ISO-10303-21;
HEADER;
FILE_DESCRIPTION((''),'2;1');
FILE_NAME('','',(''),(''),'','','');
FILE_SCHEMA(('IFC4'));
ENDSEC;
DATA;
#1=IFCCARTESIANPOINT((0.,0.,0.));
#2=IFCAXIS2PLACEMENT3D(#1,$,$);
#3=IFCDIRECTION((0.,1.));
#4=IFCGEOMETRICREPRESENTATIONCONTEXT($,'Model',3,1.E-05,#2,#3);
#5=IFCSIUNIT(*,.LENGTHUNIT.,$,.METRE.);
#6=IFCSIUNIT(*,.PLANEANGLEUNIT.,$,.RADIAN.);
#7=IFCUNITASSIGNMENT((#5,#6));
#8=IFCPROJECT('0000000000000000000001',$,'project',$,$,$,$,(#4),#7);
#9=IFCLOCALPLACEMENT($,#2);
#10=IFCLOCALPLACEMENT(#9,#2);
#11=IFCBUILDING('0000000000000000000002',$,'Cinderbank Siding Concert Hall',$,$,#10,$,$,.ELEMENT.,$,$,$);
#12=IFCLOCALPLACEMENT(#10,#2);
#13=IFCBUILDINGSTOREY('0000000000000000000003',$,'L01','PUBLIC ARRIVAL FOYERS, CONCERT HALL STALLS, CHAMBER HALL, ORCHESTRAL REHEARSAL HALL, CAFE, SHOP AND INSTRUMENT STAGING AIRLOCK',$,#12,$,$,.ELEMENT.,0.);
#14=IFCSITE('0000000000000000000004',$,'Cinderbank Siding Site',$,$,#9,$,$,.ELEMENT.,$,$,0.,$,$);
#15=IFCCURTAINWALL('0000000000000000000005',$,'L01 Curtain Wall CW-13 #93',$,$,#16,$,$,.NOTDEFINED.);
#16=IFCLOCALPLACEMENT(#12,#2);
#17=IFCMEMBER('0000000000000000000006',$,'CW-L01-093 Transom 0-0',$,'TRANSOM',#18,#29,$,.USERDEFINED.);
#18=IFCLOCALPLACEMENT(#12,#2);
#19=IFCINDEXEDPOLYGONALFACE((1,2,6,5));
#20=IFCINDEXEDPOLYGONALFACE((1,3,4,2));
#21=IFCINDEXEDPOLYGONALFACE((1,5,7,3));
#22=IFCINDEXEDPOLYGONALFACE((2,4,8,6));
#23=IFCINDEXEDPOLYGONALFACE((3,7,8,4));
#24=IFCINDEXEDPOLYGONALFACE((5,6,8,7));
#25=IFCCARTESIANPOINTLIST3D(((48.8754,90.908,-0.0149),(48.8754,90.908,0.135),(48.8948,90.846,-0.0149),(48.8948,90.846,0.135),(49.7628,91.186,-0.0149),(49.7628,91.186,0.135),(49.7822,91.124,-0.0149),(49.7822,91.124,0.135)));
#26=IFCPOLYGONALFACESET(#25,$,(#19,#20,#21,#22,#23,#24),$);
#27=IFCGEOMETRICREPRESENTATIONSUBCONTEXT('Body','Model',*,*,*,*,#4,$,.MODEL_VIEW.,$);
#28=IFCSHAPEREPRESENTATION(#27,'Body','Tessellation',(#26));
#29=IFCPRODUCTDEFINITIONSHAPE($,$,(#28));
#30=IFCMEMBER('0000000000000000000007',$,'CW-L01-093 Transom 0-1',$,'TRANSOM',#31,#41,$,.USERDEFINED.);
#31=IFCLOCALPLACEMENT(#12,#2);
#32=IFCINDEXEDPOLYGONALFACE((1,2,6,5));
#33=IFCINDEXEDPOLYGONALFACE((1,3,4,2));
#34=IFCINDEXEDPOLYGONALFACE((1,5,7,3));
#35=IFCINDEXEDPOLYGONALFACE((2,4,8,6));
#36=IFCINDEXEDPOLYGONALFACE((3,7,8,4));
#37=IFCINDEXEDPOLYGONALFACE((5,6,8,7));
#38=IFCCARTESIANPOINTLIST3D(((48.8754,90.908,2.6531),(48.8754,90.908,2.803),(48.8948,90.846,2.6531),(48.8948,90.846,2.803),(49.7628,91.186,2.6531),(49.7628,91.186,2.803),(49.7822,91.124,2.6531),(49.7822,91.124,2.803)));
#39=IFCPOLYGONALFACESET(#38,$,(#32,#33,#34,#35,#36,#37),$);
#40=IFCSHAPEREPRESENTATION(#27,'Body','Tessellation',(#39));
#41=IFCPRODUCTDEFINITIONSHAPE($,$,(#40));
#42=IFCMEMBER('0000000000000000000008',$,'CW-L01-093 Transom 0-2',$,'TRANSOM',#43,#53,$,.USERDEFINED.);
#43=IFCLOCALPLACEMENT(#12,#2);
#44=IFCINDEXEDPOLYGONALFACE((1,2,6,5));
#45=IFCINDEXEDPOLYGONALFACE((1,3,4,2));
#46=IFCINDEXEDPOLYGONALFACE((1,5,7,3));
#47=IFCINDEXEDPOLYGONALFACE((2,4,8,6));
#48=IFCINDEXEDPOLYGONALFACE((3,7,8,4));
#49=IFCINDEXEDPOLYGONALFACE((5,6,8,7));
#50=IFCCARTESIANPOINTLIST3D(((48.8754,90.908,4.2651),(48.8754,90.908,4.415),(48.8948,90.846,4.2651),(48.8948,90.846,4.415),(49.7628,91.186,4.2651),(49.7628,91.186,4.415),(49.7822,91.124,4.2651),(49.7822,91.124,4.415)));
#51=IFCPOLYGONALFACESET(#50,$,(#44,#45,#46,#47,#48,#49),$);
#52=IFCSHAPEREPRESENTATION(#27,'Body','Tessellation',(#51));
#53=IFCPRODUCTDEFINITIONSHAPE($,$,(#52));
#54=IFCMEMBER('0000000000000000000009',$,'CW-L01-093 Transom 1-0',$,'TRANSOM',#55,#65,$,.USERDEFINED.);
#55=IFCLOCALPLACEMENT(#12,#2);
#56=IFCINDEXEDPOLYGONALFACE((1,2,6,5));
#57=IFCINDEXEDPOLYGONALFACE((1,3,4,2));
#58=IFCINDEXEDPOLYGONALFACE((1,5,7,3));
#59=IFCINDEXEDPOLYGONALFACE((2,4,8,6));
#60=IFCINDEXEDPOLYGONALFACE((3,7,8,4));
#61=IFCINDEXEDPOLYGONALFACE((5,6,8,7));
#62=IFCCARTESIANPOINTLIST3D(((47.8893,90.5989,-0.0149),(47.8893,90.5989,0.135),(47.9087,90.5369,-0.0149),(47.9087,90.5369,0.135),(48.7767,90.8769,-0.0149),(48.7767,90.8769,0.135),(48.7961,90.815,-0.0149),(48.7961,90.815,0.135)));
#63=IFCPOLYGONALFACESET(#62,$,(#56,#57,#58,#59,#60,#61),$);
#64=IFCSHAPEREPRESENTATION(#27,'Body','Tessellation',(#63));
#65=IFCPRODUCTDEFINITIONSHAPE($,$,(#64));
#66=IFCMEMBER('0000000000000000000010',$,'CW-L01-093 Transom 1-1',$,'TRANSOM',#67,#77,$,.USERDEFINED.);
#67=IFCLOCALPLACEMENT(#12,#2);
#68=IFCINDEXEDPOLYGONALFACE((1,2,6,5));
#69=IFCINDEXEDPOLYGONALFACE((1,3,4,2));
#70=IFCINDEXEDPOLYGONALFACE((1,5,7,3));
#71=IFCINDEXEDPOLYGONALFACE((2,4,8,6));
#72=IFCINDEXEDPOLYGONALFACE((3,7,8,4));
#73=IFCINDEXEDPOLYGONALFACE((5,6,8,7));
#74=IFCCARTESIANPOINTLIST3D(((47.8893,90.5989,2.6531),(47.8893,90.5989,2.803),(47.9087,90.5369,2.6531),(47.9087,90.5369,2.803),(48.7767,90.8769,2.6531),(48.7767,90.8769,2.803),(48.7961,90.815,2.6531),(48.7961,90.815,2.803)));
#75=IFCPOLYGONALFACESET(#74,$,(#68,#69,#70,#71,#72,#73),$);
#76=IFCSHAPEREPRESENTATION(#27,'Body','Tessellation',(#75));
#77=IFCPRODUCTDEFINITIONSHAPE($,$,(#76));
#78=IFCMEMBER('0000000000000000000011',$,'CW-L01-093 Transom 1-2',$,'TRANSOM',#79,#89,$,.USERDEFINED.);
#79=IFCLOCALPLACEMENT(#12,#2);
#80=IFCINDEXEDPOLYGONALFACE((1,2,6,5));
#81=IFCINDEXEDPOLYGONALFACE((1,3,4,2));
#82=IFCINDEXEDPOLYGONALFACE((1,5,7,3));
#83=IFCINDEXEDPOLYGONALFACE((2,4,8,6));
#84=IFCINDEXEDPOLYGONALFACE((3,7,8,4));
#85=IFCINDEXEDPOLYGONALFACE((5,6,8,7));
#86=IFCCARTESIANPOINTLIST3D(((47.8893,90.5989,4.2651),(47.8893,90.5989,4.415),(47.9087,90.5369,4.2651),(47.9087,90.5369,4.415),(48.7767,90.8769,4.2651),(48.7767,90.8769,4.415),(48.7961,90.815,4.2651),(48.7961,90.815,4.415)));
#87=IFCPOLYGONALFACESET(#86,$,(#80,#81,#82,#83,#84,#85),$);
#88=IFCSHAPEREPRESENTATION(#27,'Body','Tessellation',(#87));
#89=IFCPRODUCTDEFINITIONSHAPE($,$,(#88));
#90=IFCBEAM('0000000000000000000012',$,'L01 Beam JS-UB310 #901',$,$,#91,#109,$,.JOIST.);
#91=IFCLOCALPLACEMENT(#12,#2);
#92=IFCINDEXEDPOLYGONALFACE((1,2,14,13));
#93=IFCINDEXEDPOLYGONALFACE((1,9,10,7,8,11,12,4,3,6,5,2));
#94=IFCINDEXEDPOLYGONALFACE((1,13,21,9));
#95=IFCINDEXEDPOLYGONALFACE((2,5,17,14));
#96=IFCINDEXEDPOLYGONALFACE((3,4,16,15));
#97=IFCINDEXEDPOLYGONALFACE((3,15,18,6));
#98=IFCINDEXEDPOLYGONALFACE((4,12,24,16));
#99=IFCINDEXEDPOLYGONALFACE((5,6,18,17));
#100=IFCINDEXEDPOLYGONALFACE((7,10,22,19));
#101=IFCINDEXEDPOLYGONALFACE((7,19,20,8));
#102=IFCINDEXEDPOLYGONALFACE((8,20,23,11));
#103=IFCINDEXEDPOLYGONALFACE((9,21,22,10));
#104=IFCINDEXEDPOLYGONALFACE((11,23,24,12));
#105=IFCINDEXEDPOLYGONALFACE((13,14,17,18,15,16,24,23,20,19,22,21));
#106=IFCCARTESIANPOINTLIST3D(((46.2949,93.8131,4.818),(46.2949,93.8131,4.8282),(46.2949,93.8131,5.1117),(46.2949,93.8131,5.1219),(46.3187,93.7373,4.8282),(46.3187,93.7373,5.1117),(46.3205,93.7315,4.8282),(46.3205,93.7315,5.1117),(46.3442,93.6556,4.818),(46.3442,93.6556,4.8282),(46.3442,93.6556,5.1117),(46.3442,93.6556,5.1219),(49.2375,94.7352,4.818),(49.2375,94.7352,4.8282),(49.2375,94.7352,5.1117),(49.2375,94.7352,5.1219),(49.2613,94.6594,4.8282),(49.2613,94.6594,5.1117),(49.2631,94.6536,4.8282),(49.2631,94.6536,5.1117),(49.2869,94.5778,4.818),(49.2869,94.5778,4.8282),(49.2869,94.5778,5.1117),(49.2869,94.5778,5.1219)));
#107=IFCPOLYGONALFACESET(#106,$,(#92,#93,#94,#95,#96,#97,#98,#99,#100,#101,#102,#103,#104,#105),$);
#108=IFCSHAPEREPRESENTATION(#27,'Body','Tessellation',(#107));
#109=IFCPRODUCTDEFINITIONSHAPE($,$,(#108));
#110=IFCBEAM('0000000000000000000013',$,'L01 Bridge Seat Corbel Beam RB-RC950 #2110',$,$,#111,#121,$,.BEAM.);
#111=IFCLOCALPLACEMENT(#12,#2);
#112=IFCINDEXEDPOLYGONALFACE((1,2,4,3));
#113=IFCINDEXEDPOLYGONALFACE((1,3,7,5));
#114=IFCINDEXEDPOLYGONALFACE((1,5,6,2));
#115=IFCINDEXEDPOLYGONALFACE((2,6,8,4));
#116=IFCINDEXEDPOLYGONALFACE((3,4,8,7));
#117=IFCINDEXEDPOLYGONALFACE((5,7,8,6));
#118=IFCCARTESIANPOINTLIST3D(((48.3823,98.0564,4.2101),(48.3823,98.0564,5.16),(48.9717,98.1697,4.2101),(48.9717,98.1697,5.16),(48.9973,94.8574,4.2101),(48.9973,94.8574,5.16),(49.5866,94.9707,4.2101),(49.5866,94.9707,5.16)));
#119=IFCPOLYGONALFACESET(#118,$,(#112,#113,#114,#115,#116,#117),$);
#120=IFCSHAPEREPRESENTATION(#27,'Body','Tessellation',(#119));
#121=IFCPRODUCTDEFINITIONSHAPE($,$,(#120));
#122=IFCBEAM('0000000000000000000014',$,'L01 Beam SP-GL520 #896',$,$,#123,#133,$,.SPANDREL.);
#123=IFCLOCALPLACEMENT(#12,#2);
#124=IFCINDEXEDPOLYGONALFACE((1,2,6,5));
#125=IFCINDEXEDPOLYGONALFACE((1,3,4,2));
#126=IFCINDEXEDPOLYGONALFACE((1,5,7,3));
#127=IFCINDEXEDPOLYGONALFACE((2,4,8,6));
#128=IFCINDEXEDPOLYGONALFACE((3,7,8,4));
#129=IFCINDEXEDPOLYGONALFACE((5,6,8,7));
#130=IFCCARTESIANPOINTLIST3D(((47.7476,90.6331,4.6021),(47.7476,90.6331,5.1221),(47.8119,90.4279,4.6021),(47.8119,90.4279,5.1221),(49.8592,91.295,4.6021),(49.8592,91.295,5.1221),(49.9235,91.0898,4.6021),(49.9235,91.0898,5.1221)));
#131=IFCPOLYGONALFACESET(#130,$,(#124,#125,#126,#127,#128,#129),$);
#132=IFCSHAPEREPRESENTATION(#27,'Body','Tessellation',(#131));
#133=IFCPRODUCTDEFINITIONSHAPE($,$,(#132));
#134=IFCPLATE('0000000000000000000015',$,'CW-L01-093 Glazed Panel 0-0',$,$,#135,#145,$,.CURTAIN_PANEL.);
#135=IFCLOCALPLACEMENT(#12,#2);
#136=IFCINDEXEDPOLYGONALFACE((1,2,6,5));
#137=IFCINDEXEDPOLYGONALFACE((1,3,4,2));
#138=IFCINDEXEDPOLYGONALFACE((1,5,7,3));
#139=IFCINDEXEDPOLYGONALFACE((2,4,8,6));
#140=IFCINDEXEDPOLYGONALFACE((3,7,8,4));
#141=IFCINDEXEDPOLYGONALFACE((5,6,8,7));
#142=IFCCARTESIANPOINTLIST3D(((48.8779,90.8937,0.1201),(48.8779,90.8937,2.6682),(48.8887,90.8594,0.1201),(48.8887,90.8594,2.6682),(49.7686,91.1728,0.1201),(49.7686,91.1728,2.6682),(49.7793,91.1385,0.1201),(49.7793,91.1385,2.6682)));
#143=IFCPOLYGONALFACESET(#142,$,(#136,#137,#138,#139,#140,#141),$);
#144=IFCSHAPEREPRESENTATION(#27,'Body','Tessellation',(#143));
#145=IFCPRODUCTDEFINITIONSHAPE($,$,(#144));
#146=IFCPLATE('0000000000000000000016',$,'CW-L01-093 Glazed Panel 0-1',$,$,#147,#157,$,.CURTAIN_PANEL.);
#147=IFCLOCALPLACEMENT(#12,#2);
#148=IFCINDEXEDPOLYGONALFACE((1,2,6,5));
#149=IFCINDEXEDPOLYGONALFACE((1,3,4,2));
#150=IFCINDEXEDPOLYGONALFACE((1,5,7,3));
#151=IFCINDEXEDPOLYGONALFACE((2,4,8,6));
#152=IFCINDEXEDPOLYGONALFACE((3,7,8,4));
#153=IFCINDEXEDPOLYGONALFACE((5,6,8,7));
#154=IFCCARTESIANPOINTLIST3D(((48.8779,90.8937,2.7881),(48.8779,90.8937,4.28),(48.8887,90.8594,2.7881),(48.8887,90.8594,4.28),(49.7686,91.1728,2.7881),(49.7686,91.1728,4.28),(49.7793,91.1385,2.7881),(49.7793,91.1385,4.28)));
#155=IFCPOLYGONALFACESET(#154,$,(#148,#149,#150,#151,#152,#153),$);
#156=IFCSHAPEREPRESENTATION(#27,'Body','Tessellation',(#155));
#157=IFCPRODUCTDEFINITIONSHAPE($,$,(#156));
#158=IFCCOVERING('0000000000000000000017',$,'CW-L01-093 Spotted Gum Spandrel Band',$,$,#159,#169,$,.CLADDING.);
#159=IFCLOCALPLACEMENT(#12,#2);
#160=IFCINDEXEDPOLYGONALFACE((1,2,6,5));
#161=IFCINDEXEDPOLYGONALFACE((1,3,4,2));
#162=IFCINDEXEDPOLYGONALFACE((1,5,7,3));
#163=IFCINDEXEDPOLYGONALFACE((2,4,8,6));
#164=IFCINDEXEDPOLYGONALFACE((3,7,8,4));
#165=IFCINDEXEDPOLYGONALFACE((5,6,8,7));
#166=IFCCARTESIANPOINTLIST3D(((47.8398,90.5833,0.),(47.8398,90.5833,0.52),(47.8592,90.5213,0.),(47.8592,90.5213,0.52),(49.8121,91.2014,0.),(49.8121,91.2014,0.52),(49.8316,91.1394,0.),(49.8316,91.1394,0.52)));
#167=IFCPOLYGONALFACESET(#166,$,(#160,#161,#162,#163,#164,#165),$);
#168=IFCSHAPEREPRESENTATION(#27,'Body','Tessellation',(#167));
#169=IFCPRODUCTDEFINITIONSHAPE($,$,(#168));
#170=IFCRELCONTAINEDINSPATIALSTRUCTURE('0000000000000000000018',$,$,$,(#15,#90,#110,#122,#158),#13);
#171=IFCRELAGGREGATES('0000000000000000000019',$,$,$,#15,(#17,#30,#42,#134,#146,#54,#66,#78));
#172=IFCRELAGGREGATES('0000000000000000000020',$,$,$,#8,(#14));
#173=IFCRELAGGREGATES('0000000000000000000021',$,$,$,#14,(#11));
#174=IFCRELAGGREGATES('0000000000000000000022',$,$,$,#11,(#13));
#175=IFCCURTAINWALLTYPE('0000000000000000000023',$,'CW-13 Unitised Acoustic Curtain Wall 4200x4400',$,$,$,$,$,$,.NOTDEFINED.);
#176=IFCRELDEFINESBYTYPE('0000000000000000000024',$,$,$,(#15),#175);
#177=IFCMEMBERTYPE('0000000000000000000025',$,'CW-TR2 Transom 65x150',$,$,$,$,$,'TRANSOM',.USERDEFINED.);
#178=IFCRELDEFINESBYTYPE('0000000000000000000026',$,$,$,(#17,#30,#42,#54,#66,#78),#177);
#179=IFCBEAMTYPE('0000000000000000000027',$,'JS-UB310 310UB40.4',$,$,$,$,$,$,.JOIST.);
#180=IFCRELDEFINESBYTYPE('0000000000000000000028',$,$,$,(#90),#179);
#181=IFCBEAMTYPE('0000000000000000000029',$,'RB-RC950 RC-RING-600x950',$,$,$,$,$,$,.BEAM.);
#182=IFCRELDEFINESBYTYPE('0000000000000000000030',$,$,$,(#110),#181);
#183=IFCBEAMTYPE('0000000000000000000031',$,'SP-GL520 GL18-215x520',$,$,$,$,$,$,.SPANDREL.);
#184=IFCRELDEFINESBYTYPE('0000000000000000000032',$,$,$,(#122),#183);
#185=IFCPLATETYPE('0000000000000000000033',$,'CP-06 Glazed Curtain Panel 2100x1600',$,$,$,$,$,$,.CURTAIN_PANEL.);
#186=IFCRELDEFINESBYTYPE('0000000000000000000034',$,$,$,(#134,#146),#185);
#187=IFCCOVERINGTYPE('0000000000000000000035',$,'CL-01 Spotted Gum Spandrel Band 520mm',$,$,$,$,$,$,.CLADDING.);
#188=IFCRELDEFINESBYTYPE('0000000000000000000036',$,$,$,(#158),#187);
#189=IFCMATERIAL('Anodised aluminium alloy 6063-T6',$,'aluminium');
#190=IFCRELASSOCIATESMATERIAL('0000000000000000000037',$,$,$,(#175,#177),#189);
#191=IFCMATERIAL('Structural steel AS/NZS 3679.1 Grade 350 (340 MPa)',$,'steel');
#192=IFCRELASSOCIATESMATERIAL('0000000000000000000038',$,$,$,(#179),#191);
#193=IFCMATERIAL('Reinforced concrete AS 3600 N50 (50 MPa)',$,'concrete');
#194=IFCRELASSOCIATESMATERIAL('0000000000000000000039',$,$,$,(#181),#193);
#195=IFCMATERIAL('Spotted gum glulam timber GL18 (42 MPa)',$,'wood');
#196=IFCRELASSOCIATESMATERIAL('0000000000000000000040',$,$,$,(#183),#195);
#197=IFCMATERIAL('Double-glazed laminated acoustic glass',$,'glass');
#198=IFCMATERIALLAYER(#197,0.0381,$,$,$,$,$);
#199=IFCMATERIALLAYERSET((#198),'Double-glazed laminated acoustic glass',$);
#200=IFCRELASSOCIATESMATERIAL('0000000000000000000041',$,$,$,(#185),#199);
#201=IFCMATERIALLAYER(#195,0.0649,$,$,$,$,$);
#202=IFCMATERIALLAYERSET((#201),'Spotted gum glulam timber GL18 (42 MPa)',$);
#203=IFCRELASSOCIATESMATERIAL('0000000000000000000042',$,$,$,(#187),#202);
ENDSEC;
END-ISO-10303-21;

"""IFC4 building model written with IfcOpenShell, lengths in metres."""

from ifc_helpers import new_model, si_unit, direction, frame, origin, origin_2d, place, context, subcontext, project, spatial, rectangle, i_section, extrude, material, layer, layer_set, material_profile, profile_set, type_object, element, aggregate, save


model = new_model("IFC4")

# Units and contexts
model_context = context("Model", 3, precision=1e-05, world=origin(), true_north=direction((0.0, 1.0)))
body_context = subcontext(model_context, "Body", "Model", "MODEL_VIEW")
ifc_project = project(units=[si_unit("LENGTHUNIT", "METRE"), si_unit("PLANEANGLEUNIT", "RADIAN")], contexts=[model_context])

# Site, building, storey
site_placement = place(None, origin())
site = spatial("IfcSite", under=ifc_project, at=site_placement, Name="Cinderbank Siding Site", CompositionType="ELEMENT", RefElevation=0.0)
building_placement = place(site_placement, origin())
building = spatial("IfcBuilding", under=site, at=building_placement, Name="Cinderbank Siding Concert Hall", CompositionType="ELEMENT")
storey_placement = place(building_placement, origin())
storey = spatial("IfcBuildingStorey", under=building, at=storey_placement, Name="L01", Description="PUBLIC ARRIVAL FOYERS, CONCERT HALL STALLS, CHAMBER HALL, ORCHESTRAL REHEARSAL HALL, CAFE, SHOP AND INSTRUMENT STAGING AIRLOCK", CompositionType="ELEMENT", Elevation=0.0)

# Shared definitions
ifc_material_1 = material(Name="Reinforced concrete AS 3600 N50 (50 MPa)", Category="concrete")

# Shared definitions
ifc_material_2 = material(Name="Structural steel AS/NZS 3679.1 Grade 350 (340 MPa)", Category="steel")

# Curtain wall, members
ifc_material_3 = material(Name="Anodised aluminium alloy 6063-T6", Category="aluminium")
curtain_wall_type = type_object("IfcCurtainWallType", Name="CW-13 Unitised Acoustic Curtain Wall 4200x4400", PredefinedType="NOTDEFINED", material=ifc_material_3)
curtain_wall_placement = place(storey_placement, origin())
curtain_wall = element("IfcCurtainWall", 1, at=curtain_wall_placement, inside=storey, type_object=curtain_wall_type, Name="L01 Curtain Wall CW-13 #93", PredefinedType="NOTDEFINED")
ifc_material_profile_1 = material_profile(ifc_material_3, rectangle(XDim=0.0649, YDim=0.1499, at=origin_2d()), Name="ALU-TRAN-65x150", Category="LoadBearing")
ifc_profile_set_1 = profile_set([ifc_material_profile_1], Name="Anodised aluminium alloy 6063-T6")
member_type_1 = type_object("IfcMemberType", Name="CW-TR2 Transom 65x150", ElementType="TRANSOM", PredefinedType="USERDEFINED", material=ifc_profile_set_1)
member_1_placement = place(storey_placement, frame((49.7725, 91.155, 0.0601), z_axis=(-0.954251, -0.299007, 0.0), x_axis=(0.299007, -0.954251, 0.0)))
member_1 = element("IfcMember", 2, at=member_1_placement, type_object=member_type_1, Name="CW-L01-093 Transom 0-0", ObjectType="TRANSOM", PredefinedType="USERDEFINED", context=body_context, shape_type="SweptSolid", body=[
    extrude(rectangle(XDim=0.0649, YDim=0.1499, at=origin_2d()), origin(), (0.0, 0.0, 1.0), 0.9299),
])
member_2_placement = place(storey_placement, frame((49.7725, 91.155, 2.728), z_axis=(-0.954251, -0.299007, 0.0), x_axis=(0.299007, -0.954251, 0.0)))
member_2 = element("IfcMember", 3, at=member_2_placement, type_object=member_type_1, Name="CW-L01-093 Transom 0-1", ObjectType="TRANSOM", PredefinedType="USERDEFINED", context=body_context, shape_type="SweptSolid", body=[
    extrude(rectangle(XDim=0.0649, YDim=0.1499, at=origin_2d()), origin(), (0.0, 0.0, 1.0), 0.9299),
])
member_3_placement = place(storey_placement, frame((49.7725, 91.155, 4.3401), z_axis=(-0.954251, -0.299007, 0.0), x_axis=(0.299007, -0.954251, 0.0)))
member_3 = element("IfcMember", 4, at=member_3_placement, type_object=member_type_1, Name="CW-L01-093 Transom 0-2", ObjectType="TRANSOM", PredefinedType="USERDEFINED", context=body_context, shape_type="SweptSolid", body=[
    extrude(rectangle(XDim=0.0649, YDim=0.1499, at=origin_2d()), origin(), (0.0, 0.0, 1.0), 0.9299),
])
member_4_placement = place(storey_placement, frame((48.7864, 90.8459, 0.0601), z_axis=(-0.954251, -0.299007, 0.0), x_axis=(0.299007, -0.954251, 0.0)))
member_4 = element("IfcMember", 5, at=member_4_placement, type_object=member_type_1, Name="CW-L01-093 Transom 1-0", ObjectType="TRANSOM", PredefinedType="USERDEFINED", context=body_context, shape_type="SweptSolid", body=[
    extrude(rectangle(XDim=0.0649, YDim=0.1499, at=origin_2d()), origin(), (0.0, 0.0, 1.0), 0.9299),
])
member_5_placement = place(storey_placement, frame((48.7864, 90.8459, 2.728), z_axis=(-0.954251, -0.299007, 0.0), x_axis=(0.299007, -0.954251, 0.0)))
member_5 = element("IfcMember", 6, at=member_5_placement, type_object=member_type_1, Name="CW-L01-093 Transom 1-1", ObjectType="TRANSOM", PredefinedType="USERDEFINED", context=body_context, shape_type="SweptSolid", body=[
    extrude(rectangle(XDim=0.0649, YDim=0.1499, at=origin_2d()), origin(), (0.0, 0.0, 1.0), 0.9299),
])
member_6_placement = place(storey_placement, frame((48.7864, 90.8459, 4.3401), z_axis=(-0.954251, -0.299007, 0.0), x_axis=(0.299007, -0.954251, 0.0)))
member_6 = element("IfcMember", 7, at=member_6_placement, type_object=member_type_1, Name="CW-L01-093 Transom 1-2", ObjectType="TRANSOM", PredefinedType="USERDEFINED", context=body_context, shape_type="SweptSolid", body=[
    extrude(rectangle(XDim=0.0649, YDim=0.1499, at=origin_2d()), origin(), (0.0, 0.0, 1.0), 0.9299),
])

# Beams
ifc_material_profile_2 = material_profile(ifc_material_2, i_section(OverallWidth=0.165, OverallDepth=0.304, WebThickness=0.0061, FlangeThickness=0.0103, at=origin_2d()), Name="310UB40.4", Category="LoadBearing")
ifc_profile_set_2 = profile_set([ifc_material_profile_2], Name="Structural steel AS/NZS 3679.1 Grade 350 (340 MPa)")
beam_type_1 = type_object("IfcBeamType", Name="JS-UB310 310UB40.4", PredefinedType="JOIST", material=ifc_profile_set_2)
beam_1_placement = place(storey_placement, frame((49.2622, 94.6565, 4.97), z_axis=(-0.954244, -0.299028, 0.0), x_axis=(0.299028, -0.954244, 0.0)))
element("IfcBeam", 8, at=beam_1_placement, inside=storey, type_object=beam_type_1, Name="L01 Beam JS-UB310 #901", PredefinedType="JOIST", context=body_context, shape_type="SweptSolid", body=[
    extrude(i_section(OverallWidth=0.165, OverallDepth=0.304, WebThickness=0.0061, FlangeThickness=0.0103, at=origin_2d()), origin(), (0.0, 0.0, 1.0), 3.0837),
])
ifc_material_profile_3 = material_profile(ifc_material_1, rectangle(XDim=0.6001, YDim=0.95, at=origin_2d()), Name="RC-RING-600x950", Category="LoadBearing")
ifc_profile_set_3 = profile_set([ifc_material_profile_3], Name="Reinforced concrete AS 3600 N50 (50 MPa)")
beam_type_2 = type_object("IfcBeamType", Name="RB-RC950 RC-RING-600x950", PredefinedType="BEAM", material=ifc_profile_set_3)
beam_2_placement = place(storey_placement, frame((48.677, 98.113, 4.6851), z_axis=(0.188789, -0.982018, 0.0), x_axis=(0.982018, 0.188789, 0.0)))
element("IfcBeam", 9, at=beam_2_placement, inside=storey, type_object=beam_type_2, Name="L01 Bridge Seat Corbel Beam RB-RC950 #2110", PredefinedType="BEAM", context=body_context, shape_type="SweptSolid", body=[
    extrude(rectangle(XDim=0.6001, YDim=0.95, at=origin_2d()), origin(), (0.0, 0.0, 1.0), 3.2576),
])
ifc_material_4 = material(Name="Spotted gum glulam timber GL18 (42 MPa)", Category="wood")
ifc_material_profile_4 = material_profile(ifc_material_4, rectangle(XDim=0.2151, YDim=0.52, at=origin_2d()), Name="GL18-215x520", Category="LoadBearing")
ifc_profile_set_4 = profile_set([ifc_material_profile_4], Name="Spotted gum glulam timber GL18 (42 MPa)")
beam_type_3 = type_object("IfcBeamType", Name="SP-GL520 GL18-215x520", PredefinedType="SPANDREL", material=ifc_profile_set_4)
beam_3_placement = place(storey_placement, frame((49.8914, 91.1924, 4.8621), z_axis=(-0.954222, -0.299098, 0.0), x_axis=(0.299098, -0.954222, 0.0)))
element("IfcBeam", 10, at=beam_3_placement, inside=storey, type_object=beam_type_3, Name="L01 Beam SP-GL520 #896", PredefinedType="SPANDREL", context=body_context, shape_type="SweptSolid", body=[
    extrude(rectangle(XDim=0.2151, YDim=0.52, at=origin_2d()), origin(), (0.0, 0.0, 1.0), 2.2129),
])

# Plates
ifc_material_5 = material(Name="Double-glazed laminated acoustic glass", Category="glass")
ifc_layer_1 = layer(ifc_material_5, 0.0381)
ifc_layer_set_1 = layer_set([ifc_layer_1], Name="Double-glazed laminated acoustic glass")
plate_type = type_object("IfcPlateType", Name="CP-06 Glazed Curtain Panel 2100x1600", PredefinedType="CURTAIN_PANEL", material=ifc_layer_set_1)
plate_1_placement = place(storey_placement, frame((49.3286, 91.0161, 0.1201), z_axis=(0.0, 0.0, 1.0), x_axis=(-0.95424, -0.299041, 0.0)))
plate_1 = element("IfcPlate", 11, at=plate_1_placement, type_object=plate_type, Name="CW-L01-093 Glazed Panel 0-0", PredefinedType="CURTAIN_PANEL", context=body_context, shape_type="SweptSolid", body=[
    extrude(rectangle(XDim=0.9333, YDim=0.0359, at=origin_2d()), origin(), (0.0, 0.0, 1.0), 2.5481),
])
plate_2_placement = place(storey_placement, frame((49.3286, 91.0161, 2.7881), z_axis=(0.0, 0.0, 1.0), x_axis=(-0.95424, -0.299041, 0.0)))
plate_2 = element("IfcPlate", 12, at=plate_2_placement, type_object=plate_type, Name="CW-L01-093 Glazed Panel 0-1", PredefinedType="CURTAIN_PANEL", context=body_context, shape_type="SweptSolid", body=[
    extrude(rectangle(XDim=0.9333, YDim=0.0359, at=origin_2d()), origin(), (0.0, 0.0, 1.0), 1.4919),
])
aggregate(curtain_wall, [member_1, member_2, member_3, plate_1, plate_2, member_4, member_5, member_6])

# Covering
ifc_layer_2 = layer(ifc_material_4, 0.0649)
ifc_layer_set_2 = layer_set([ifc_layer_2], Name="Spotted gum glulam timber GL18 (42 MPa)")
covering_type = type_object("IfcCoveringType", Name="CL-01 Spotted Gum Spandrel Band 520mm", PredefinedType="CLADDING", material=ifc_layer_set_2)
covering_placement = place(storey_placement, frame((48.8357, 90.8613, 0.0), z_axis=(0.0, 0.0, 1.0), x_axis=(-0.95424, -0.299041, 0.0)))
element("IfcCovering", 13, at=covering_placement, inside=storey, type_object=covering_type, Name="CW-L01-093 Spotted Gum Spandrel Band", PredefinedType="CLADDING", context=body_context, shape_type="SweptSolid", body=[
    extrude(rectangle(XDim=2.0669, YDim=0.0649, at=origin_2d()), origin(), (0.0, 0.0, 1.0), 0.52),
])

save(model, "model.ifc")
